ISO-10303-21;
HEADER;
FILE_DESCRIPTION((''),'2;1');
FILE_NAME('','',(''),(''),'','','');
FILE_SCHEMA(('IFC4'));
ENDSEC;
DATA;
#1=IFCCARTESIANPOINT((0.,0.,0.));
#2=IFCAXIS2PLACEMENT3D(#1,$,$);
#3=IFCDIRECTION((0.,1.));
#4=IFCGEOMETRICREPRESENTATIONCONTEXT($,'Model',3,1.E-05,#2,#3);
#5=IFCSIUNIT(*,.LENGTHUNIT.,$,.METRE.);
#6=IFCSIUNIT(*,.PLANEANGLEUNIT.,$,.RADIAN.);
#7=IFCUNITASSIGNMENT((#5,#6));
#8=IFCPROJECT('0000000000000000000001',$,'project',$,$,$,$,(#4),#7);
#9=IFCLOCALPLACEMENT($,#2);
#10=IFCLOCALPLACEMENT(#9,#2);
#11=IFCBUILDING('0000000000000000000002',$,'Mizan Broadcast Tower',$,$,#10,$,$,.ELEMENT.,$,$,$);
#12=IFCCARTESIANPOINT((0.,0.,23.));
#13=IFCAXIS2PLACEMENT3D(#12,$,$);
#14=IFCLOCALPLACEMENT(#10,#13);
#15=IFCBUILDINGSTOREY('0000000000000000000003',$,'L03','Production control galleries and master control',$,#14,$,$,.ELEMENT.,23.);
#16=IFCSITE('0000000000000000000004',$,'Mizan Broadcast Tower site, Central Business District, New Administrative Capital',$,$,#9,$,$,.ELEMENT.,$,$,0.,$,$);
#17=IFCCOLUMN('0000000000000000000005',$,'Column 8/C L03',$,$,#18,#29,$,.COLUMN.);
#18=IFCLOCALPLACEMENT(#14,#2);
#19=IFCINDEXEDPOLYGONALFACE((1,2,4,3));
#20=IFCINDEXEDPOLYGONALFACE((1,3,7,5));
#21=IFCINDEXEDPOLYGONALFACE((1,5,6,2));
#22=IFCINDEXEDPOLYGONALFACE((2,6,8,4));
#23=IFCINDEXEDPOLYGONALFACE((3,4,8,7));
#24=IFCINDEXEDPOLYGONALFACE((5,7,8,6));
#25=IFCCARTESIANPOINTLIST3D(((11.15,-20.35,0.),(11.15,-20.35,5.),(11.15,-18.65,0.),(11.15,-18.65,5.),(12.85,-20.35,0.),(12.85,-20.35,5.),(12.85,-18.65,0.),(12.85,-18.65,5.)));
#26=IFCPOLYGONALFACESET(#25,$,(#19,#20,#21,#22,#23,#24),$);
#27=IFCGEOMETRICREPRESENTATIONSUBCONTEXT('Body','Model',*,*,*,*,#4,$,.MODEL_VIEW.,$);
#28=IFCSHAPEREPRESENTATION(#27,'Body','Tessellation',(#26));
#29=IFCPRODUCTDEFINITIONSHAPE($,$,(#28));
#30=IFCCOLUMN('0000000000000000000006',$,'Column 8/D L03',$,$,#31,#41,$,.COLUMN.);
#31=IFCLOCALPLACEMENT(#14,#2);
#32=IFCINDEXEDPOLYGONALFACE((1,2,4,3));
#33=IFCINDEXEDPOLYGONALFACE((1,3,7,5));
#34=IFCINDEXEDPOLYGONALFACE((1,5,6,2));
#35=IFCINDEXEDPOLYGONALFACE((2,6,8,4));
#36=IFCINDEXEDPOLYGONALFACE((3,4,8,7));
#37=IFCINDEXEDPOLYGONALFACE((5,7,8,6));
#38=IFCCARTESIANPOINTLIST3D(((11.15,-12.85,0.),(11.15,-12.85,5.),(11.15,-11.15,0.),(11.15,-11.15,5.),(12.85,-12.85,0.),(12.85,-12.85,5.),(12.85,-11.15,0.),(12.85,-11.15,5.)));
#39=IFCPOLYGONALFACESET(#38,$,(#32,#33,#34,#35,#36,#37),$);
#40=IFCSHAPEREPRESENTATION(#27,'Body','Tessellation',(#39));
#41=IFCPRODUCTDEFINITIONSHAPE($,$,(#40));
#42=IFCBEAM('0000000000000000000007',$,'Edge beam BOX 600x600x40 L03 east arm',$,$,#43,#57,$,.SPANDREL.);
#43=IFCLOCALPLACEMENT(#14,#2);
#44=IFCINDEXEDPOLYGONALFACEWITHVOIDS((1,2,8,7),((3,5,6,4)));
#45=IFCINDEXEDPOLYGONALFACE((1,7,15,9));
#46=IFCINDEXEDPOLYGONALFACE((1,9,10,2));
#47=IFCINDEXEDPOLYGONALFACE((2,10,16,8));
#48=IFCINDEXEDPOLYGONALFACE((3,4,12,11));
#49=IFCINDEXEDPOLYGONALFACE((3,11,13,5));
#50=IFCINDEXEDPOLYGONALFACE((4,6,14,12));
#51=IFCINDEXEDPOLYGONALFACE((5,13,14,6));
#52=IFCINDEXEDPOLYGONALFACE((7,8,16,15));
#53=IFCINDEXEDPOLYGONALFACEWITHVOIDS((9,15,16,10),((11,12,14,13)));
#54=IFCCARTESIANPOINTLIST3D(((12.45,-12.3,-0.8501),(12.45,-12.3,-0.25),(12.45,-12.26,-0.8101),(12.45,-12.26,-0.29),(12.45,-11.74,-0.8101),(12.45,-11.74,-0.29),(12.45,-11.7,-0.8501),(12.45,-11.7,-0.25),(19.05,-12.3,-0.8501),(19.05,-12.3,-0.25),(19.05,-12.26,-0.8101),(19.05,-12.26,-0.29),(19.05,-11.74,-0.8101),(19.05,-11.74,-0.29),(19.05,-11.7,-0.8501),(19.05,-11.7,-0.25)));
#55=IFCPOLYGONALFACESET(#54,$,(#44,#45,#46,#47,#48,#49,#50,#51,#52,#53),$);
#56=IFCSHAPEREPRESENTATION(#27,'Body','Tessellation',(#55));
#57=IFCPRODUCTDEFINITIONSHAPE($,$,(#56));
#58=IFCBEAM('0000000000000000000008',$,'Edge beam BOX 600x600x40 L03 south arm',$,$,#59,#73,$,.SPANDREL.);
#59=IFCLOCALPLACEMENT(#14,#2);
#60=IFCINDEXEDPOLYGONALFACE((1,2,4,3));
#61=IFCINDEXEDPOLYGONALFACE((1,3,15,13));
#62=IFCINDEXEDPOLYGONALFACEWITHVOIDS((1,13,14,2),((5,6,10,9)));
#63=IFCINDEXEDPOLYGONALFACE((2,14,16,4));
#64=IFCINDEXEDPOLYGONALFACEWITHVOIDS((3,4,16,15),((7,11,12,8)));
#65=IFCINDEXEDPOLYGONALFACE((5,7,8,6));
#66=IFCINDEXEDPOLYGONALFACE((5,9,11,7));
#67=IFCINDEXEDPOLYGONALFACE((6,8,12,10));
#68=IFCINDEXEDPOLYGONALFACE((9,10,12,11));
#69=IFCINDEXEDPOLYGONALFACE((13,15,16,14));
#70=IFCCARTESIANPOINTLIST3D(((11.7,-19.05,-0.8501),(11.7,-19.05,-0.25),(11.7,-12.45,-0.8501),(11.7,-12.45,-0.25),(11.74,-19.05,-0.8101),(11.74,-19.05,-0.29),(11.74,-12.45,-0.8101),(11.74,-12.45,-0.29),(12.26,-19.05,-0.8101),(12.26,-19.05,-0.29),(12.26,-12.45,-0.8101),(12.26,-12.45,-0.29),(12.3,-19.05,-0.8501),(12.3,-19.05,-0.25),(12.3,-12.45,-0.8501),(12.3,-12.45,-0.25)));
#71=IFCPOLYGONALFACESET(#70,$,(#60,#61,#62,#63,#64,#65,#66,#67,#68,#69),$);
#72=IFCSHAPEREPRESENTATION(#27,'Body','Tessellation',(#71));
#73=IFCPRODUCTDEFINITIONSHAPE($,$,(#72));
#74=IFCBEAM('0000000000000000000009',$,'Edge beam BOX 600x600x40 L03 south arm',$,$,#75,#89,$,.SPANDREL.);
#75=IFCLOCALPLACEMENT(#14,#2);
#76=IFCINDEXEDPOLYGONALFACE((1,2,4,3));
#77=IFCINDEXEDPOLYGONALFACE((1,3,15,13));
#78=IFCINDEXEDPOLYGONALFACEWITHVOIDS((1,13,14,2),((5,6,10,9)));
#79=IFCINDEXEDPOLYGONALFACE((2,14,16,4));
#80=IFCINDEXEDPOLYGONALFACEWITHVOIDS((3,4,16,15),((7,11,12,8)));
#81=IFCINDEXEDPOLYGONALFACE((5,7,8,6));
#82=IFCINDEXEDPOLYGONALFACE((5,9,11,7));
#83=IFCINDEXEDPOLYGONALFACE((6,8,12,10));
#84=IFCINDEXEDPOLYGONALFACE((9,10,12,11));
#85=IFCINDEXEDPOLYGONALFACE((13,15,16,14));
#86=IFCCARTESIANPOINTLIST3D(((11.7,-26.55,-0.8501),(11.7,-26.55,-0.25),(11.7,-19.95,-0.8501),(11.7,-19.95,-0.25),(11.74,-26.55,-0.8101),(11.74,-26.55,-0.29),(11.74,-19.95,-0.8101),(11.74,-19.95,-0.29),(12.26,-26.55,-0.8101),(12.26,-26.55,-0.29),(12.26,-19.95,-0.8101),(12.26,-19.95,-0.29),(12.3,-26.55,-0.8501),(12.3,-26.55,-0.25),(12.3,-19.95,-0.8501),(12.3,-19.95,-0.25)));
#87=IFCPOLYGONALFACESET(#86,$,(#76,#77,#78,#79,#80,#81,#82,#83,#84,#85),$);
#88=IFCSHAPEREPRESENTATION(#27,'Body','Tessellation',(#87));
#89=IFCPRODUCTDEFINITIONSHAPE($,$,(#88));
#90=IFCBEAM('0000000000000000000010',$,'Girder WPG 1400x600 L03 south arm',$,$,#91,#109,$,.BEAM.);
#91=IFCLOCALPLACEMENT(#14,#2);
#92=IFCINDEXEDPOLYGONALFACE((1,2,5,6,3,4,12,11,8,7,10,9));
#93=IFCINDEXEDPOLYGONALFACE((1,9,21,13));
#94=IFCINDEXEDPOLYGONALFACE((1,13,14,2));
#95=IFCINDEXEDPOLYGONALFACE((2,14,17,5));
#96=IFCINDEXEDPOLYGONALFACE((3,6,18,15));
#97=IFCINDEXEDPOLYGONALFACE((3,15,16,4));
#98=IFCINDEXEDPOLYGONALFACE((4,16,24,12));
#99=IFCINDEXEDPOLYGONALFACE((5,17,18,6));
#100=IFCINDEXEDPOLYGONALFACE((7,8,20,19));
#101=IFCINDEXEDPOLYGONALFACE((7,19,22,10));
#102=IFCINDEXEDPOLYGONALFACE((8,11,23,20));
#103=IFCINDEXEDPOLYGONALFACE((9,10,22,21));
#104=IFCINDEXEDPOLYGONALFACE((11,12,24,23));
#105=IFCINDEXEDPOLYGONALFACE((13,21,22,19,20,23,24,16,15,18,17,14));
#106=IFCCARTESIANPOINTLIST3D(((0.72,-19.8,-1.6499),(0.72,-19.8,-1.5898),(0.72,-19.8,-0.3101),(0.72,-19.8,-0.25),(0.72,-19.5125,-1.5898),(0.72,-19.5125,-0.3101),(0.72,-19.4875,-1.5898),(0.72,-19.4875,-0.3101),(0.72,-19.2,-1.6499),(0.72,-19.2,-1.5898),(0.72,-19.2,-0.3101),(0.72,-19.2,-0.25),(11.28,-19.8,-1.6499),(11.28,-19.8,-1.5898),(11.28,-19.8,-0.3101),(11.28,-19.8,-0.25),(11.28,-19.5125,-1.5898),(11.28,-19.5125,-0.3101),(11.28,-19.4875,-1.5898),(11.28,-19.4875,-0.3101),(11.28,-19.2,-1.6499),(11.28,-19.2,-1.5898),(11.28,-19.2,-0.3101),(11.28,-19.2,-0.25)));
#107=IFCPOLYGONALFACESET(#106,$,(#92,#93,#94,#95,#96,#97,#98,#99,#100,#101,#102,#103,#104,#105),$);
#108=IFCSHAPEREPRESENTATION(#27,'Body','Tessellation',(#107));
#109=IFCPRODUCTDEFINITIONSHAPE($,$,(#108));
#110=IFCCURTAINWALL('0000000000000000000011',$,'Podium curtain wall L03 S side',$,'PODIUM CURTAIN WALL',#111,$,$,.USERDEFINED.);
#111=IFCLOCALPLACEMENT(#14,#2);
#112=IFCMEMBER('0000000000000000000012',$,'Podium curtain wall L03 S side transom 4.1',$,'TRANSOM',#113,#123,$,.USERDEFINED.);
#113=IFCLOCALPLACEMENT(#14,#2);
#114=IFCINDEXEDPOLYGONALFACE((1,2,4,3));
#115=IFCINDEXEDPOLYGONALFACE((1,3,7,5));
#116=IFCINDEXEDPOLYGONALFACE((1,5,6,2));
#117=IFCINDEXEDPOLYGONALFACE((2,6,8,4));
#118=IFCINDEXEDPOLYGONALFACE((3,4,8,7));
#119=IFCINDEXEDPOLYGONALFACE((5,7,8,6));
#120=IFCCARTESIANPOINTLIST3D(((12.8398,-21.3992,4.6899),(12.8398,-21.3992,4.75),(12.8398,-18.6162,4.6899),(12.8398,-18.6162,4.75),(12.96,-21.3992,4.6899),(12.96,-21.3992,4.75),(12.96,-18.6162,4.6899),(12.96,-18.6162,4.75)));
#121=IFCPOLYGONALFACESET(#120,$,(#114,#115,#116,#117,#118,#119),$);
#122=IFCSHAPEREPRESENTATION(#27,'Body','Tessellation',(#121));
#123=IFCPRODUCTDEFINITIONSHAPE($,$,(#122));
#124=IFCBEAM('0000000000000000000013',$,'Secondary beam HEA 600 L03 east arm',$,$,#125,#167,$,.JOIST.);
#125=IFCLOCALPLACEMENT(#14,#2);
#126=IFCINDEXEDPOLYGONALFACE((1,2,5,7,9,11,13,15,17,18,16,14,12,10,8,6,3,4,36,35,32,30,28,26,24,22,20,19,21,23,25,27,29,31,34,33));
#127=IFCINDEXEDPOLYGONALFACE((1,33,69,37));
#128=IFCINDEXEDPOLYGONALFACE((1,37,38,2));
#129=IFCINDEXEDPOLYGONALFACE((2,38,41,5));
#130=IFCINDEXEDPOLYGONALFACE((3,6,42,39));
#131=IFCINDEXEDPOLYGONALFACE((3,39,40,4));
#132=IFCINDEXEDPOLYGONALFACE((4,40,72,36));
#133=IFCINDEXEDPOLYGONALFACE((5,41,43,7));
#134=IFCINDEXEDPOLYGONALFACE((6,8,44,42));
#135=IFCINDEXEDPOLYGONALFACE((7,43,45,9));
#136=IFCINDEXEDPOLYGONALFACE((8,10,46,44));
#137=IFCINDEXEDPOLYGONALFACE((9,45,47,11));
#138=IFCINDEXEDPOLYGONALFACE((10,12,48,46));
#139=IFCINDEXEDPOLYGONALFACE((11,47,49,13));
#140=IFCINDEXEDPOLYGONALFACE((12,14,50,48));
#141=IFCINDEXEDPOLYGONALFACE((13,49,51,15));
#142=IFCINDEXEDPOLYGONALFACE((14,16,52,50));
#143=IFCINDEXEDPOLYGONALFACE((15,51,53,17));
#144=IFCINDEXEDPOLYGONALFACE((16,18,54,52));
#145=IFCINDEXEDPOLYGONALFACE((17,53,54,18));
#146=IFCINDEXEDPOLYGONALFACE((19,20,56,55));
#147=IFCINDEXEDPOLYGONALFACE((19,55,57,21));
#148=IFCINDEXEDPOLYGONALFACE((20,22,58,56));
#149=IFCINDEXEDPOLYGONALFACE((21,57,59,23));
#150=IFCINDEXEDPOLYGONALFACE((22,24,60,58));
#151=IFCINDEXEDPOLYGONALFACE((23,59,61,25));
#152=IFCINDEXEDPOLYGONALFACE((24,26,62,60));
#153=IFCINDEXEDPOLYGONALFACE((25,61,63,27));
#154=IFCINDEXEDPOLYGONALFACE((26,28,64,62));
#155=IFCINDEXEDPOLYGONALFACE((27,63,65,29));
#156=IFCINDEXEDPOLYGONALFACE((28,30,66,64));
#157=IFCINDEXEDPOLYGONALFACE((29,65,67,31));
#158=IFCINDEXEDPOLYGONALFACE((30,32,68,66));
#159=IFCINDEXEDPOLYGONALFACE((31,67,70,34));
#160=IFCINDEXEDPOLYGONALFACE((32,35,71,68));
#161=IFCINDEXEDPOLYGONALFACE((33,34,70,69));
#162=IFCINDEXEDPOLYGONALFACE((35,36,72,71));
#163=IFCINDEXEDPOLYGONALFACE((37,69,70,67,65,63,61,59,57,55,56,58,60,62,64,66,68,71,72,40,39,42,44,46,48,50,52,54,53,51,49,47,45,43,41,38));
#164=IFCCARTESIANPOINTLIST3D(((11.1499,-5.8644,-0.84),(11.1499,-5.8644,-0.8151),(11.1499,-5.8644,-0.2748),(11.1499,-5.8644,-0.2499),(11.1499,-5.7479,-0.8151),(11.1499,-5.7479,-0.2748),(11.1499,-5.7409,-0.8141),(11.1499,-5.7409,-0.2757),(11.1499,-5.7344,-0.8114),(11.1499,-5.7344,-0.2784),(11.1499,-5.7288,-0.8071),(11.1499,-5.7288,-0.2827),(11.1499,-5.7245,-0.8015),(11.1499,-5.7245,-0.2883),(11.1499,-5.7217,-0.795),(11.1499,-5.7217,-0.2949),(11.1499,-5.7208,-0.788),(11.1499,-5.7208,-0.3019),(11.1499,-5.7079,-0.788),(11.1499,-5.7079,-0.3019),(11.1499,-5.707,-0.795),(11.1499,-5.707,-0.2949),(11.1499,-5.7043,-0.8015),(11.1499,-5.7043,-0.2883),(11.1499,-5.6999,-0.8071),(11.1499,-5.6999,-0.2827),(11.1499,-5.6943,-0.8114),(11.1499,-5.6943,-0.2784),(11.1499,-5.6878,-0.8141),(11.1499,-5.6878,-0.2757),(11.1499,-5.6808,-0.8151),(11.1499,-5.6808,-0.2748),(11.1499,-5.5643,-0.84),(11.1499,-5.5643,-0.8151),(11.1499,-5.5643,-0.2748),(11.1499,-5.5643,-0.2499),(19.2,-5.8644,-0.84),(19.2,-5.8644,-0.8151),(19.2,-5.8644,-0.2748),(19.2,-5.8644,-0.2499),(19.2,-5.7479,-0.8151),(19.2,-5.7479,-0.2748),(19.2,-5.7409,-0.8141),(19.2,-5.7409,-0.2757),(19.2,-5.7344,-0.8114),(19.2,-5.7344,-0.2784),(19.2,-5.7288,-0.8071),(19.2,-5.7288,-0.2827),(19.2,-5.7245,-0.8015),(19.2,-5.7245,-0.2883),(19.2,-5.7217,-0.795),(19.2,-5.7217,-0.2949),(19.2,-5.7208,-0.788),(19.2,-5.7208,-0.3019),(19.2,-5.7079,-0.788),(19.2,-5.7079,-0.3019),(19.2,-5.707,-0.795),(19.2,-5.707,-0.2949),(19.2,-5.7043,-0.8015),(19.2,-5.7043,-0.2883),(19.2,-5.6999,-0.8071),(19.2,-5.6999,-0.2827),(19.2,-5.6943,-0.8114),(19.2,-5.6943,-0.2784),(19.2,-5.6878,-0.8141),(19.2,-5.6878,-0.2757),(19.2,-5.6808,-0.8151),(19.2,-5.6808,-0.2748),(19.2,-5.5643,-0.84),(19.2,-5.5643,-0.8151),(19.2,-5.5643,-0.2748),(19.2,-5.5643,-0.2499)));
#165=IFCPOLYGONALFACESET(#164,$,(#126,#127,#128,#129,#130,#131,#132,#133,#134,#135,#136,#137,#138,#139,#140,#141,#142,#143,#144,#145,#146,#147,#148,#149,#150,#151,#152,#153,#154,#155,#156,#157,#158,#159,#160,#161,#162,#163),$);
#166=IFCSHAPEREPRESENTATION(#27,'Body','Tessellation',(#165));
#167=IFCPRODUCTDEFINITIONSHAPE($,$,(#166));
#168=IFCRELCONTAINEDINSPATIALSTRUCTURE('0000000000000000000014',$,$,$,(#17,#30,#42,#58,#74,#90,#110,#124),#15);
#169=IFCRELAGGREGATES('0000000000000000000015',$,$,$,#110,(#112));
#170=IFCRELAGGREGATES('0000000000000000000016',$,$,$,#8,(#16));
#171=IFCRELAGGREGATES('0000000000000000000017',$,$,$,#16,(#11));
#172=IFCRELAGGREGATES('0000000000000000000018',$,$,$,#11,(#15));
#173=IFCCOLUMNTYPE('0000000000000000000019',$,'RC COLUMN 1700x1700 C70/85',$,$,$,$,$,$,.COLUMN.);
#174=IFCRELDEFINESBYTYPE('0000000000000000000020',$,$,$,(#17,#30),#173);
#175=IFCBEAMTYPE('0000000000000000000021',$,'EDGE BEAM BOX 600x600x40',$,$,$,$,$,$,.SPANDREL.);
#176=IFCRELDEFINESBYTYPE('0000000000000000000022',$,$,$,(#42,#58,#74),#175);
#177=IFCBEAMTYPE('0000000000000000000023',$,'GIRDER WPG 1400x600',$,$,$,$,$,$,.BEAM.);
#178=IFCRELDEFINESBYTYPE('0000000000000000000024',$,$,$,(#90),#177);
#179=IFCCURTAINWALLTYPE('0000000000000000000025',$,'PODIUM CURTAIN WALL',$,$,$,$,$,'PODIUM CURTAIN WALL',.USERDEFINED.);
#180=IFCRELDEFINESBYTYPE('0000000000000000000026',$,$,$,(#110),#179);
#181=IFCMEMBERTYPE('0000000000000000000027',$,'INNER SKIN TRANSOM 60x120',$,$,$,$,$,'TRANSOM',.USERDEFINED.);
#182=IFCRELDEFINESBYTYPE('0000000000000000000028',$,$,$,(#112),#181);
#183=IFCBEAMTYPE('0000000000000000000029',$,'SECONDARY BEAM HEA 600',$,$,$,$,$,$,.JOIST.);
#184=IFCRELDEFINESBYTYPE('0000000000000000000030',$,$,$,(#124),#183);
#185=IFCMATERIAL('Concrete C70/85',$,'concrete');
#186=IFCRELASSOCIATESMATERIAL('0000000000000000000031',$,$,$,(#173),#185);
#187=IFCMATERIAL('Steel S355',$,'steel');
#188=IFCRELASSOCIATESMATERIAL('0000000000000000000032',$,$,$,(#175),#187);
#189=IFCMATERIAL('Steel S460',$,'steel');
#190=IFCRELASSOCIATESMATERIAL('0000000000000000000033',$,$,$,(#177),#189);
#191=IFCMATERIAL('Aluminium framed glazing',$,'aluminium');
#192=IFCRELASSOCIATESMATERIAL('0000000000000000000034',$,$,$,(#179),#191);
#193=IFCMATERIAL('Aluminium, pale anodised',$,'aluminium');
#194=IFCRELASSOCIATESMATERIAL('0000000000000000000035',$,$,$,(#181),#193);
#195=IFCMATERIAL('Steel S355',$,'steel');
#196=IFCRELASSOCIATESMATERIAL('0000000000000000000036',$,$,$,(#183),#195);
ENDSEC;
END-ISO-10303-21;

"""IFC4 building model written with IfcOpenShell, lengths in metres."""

from ifc_helpers import new_model, si_unit, direction, frame, origin, origin_2d, place, context, subcontext, project, spatial, rectangle, hollow_rectangle, i_section, extrude, material, material_profile, profile_set, type_object, element, aggregate, save


model = new_model("IFC4")

# Units and contexts
model_context = context("Model", 3, precision=1e-05, world=origin(), true_north=direction((0.0, 1.0)))
body_context = subcontext(model_context, "Body", "Model", "MODEL_VIEW")
ifc_project = project(units=[si_unit("LENGTHUNIT", "METRE"), si_unit("PLANEANGLEUNIT", "RADIAN")], contexts=[model_context])

# Site, building, storey
site_placement = place(None, origin())
site = spatial("IfcSite", under=ifc_project, at=site_placement, Name="Mizan Broadcast Tower site, Central Business District, New Administrative Capital", CompositionType="ELEMENT", RefElevation=0.0)
building_placement = place(site_placement, origin())
building = spatial("IfcBuilding", under=site, at=building_placement, Name="Mizan Broadcast Tower", CompositionType="ELEMENT")
storey_placement = place(building_placement, frame((0.0, 0.0, 23.0)))
storey = spatial("IfcBuildingStorey", under=building, at=storey_placement, Name="L03", Description="Production control galleries and master control", CompositionType="ELEMENT", Elevation=23.0)

# Columns
ifc_material_1 = material(Name="Concrete C70/85", Category="concrete")
ifc_material_profile_1 = material_profile(ifc_material_1, rectangle(XDim=1.7, YDim=1.7, at=origin_2d()), Name="RC 1700x1700")
ifc_profile_set_1 = profile_set([ifc_material_profile_1], Name="Concrete C70/85")
column_type = type_object("IfcColumnType", Name="RC COLUMN 1700x1700 C70/85", PredefinedType="COLUMN", material=ifc_profile_set_1)
for number, where, z_axis, x_axis, name in (
    (1, (12.0, -19.5, 0.0), (0.0, 0.0, 1.0), (1.0, 0.0, 0.0), "Column 8/C L03"),
    (2, (12.0, -12.0, 0.0), (0.0, 0.0, 1.0), (1.0, 0.0, 0.0), "Column 8/D L03"),
):
    element("IfcColumn", number, at=place(storey_placement, frame(where, z_axis=z_axis, x_axis=x_axis)), inside=storey, type_object=column_type, Name=name, PredefinedType="COLUMN", context=body_context, shape_type="SweptSolid", body=[
        extrude(rectangle(XDim=1.7, YDim=1.7, at=origin_2d()), origin(), (0.0, 0.0, 1.0), 5.0),
    ])

# Beams
ifc_material_2 = material(Name="Steel S355", Category="steel")
ifc_material_profile_2 = material_profile(ifc_material_2, hollow_rectangle(XDim=0.6001, YDim=0.6001, WallThickness=0.04, at=origin_2d()), Name="BOX 600x600x40")
ifc_profile_set_2 = profile_set([ifc_material_profile_2], Name="Steel S355")
beam_type_1 = type_object("IfcBeamType", Name="EDGE BEAM BOX 600x600x40", PredefinedType="SPANDREL", material=ifc_profile_set_2)
for number, where, z_axis, x_axis, name in (
    (3, (12.45, -12.0, -0.55), (1.0, 0.0, 0.0), (0.0, 1.0, 0.0), "Edge beam BOX 600x600x40 L03 east arm"),
    (4, (12.0, -12.45, -0.55), (0.0, -1.0, 0.0), (1.0, 0.0, 0.0), "Edge beam BOX 600x600x40 L03 south arm"),
    (5, (12.0, -19.95, -0.55), (0.0, -1.0, 0.0), (1.0, 0.0, 0.0), "Edge beam BOX 600x600x40 L03 south arm"),
):
    element("IfcBeam", number, at=place(storey_placement, frame(where, z_axis=z_axis, x_axis=x_axis)), inside=storey, type_object=beam_type_1, Name=name, PredefinedType="SPANDREL", context=body_context, shape_type="SweptSolid", body=[
        extrude(hollow_rectangle(XDim=0.6001, YDim=0.6001, WallThickness=0.04, at=origin_2d()), origin(), (0.0, 0.0, 1.0), 6.6001),
    ])
ifc_material_3 = material(Name="Steel S460", Category="steel")
ifc_material_profile_3 = material_profile(ifc_material_3, i_section(OverallWidth=0.6001, OverallDepth=1.3999, WebThickness=0.0249, FlangeThickness=0.0601, at=origin_2d()), Name="WPG 1400x600")
ifc_profile_set_3 = profile_set([ifc_material_profile_3], Name="Steel S460")
beam_type_2 = type_object("IfcBeamType", Name="GIRDER WPG 1400x600", PredefinedType="BEAM", material=ifc_profile_set_3)
beam_1_placement = place(storey_placement, frame((0.72, -19.5, -0.95), z_axis=(1.0, 0.0, 0.0), x_axis=(0.0, 1.0, 0.0)))
element("IfcBeam", 6, at=beam_1_placement, inside=storey, type_object=beam_type_2, Name="Girder WPG 1400x600 L03 south arm", PredefinedType="BEAM", context=body_context, shape_type="SweptSolid", body=[
    extrude(i_section(OverallWidth=0.6001, OverallDepth=1.3999, WebThickness=0.0249, FlangeThickness=0.0601, at=origin_2d()), origin(), (0.0, 0.0, 1.0), 10.5601),
])

# Curtain wall, member
ifc_material_4 = material(Name="Aluminium framed glazing", Category="aluminium")
curtain_wall_type = type_object("IfcCurtainWallType", Name="PODIUM CURTAIN WALL", ElementType="PODIUM CURTAIN WALL", PredefinedType="USERDEFINED", material=ifc_material_4)
curtain_wall_placement = place(storey_placement, origin())
curtain_wall = element("IfcCurtainWall", 7, at=curtain_wall_placement, inside=storey, type_object=curtain_wall_type, Name="Podium curtain wall L03 S side", ObjectType="PODIUM CURTAIN WALL", PredefinedType="USERDEFINED")
ifc_material_5 = material(Name="Aluminium, pale anodised", Category="aluminium")
ifc_material_profile_4 = material_profile(ifc_material_5, rectangle(XDim=0.1201, YDim=0.0601, at=origin_2d()), Name="TRANSOM 120x60")
ifc_profile_set_4 = profile_set([ifc_material_profile_4], Name="Aluminium, pale anodised")
member_type = type_object("IfcMemberType", Name="INNER SKIN TRANSOM 60x120", ElementType="TRANSOM", PredefinedType="USERDEFINED", material=ifc_profile_set_4)
member_placement = place(storey_placement, frame((12.8999, -21.3992, 4.72), z_axis=(0.0, 1.0, 0.0), x_axis=(-1.0, 0.0, 0.0)))
member = element("IfcMember", 8, at=member_placement, type_object=member_type, Name="Podium curtain wall L03 S side transom 4.1", ObjectType="TRANSOM", PredefinedType="USERDEFINED", context=body_context, shape_type="SweptSolid", body=[
    extrude(rectangle(XDim=0.1201, YDim=0.0601, at=origin_2d()), origin(), (0.0, 0.0, 1.0), 2.783),
])

# Beam
ifc_material_6 = material(Name="Steel S355", Category="steel")
ifc_material_profile_5 = material_profile(ifc_material_6, i_section(OverallWidth=0.3, OverallDepth=0.5901, WebThickness=0.0129, FlangeThickness=0.0249, FilletRadius=0.0271, at=origin_2d()), Name="HEA 600")
ifc_profile_set_5 = profile_set([ifc_material_profile_5], Name="Steel S355")
beam_type_3 = type_object("IfcBeamType", Name="SECONDARY BEAM HEA 600", PredefinedType="JOIST", material=ifc_profile_set_5)
for number, where, z_axis, x_axis, name in (
    (9, (11.1499, -5.7144, -0.5449), (1.0, 0.0, 0.0), (0.0, 1.0, 0.0), "Secondary beam HEA 600 L03 east arm"),
):
    element("IfcBeam", number, at=place(storey_placement, frame(where, z_axis=z_axis, x_axis=x_axis)), inside=storey, type_object=beam_type_3, Name=name, PredefinedType="JOIST", context=body_context, shape_type="SweptSolid", body=[
        extrude(i_section(OverallWidth=0.3, OverallDepth=0.5901, WebThickness=0.0129, FlangeThickness=0.0249, FilletRadius=0.0271, at=origin_2d()), origin(), (0.0, 0.0, 1.0), 8.05),
    ])

aggregate(curtain_wall, [member])

save(model, "model.ifc")
